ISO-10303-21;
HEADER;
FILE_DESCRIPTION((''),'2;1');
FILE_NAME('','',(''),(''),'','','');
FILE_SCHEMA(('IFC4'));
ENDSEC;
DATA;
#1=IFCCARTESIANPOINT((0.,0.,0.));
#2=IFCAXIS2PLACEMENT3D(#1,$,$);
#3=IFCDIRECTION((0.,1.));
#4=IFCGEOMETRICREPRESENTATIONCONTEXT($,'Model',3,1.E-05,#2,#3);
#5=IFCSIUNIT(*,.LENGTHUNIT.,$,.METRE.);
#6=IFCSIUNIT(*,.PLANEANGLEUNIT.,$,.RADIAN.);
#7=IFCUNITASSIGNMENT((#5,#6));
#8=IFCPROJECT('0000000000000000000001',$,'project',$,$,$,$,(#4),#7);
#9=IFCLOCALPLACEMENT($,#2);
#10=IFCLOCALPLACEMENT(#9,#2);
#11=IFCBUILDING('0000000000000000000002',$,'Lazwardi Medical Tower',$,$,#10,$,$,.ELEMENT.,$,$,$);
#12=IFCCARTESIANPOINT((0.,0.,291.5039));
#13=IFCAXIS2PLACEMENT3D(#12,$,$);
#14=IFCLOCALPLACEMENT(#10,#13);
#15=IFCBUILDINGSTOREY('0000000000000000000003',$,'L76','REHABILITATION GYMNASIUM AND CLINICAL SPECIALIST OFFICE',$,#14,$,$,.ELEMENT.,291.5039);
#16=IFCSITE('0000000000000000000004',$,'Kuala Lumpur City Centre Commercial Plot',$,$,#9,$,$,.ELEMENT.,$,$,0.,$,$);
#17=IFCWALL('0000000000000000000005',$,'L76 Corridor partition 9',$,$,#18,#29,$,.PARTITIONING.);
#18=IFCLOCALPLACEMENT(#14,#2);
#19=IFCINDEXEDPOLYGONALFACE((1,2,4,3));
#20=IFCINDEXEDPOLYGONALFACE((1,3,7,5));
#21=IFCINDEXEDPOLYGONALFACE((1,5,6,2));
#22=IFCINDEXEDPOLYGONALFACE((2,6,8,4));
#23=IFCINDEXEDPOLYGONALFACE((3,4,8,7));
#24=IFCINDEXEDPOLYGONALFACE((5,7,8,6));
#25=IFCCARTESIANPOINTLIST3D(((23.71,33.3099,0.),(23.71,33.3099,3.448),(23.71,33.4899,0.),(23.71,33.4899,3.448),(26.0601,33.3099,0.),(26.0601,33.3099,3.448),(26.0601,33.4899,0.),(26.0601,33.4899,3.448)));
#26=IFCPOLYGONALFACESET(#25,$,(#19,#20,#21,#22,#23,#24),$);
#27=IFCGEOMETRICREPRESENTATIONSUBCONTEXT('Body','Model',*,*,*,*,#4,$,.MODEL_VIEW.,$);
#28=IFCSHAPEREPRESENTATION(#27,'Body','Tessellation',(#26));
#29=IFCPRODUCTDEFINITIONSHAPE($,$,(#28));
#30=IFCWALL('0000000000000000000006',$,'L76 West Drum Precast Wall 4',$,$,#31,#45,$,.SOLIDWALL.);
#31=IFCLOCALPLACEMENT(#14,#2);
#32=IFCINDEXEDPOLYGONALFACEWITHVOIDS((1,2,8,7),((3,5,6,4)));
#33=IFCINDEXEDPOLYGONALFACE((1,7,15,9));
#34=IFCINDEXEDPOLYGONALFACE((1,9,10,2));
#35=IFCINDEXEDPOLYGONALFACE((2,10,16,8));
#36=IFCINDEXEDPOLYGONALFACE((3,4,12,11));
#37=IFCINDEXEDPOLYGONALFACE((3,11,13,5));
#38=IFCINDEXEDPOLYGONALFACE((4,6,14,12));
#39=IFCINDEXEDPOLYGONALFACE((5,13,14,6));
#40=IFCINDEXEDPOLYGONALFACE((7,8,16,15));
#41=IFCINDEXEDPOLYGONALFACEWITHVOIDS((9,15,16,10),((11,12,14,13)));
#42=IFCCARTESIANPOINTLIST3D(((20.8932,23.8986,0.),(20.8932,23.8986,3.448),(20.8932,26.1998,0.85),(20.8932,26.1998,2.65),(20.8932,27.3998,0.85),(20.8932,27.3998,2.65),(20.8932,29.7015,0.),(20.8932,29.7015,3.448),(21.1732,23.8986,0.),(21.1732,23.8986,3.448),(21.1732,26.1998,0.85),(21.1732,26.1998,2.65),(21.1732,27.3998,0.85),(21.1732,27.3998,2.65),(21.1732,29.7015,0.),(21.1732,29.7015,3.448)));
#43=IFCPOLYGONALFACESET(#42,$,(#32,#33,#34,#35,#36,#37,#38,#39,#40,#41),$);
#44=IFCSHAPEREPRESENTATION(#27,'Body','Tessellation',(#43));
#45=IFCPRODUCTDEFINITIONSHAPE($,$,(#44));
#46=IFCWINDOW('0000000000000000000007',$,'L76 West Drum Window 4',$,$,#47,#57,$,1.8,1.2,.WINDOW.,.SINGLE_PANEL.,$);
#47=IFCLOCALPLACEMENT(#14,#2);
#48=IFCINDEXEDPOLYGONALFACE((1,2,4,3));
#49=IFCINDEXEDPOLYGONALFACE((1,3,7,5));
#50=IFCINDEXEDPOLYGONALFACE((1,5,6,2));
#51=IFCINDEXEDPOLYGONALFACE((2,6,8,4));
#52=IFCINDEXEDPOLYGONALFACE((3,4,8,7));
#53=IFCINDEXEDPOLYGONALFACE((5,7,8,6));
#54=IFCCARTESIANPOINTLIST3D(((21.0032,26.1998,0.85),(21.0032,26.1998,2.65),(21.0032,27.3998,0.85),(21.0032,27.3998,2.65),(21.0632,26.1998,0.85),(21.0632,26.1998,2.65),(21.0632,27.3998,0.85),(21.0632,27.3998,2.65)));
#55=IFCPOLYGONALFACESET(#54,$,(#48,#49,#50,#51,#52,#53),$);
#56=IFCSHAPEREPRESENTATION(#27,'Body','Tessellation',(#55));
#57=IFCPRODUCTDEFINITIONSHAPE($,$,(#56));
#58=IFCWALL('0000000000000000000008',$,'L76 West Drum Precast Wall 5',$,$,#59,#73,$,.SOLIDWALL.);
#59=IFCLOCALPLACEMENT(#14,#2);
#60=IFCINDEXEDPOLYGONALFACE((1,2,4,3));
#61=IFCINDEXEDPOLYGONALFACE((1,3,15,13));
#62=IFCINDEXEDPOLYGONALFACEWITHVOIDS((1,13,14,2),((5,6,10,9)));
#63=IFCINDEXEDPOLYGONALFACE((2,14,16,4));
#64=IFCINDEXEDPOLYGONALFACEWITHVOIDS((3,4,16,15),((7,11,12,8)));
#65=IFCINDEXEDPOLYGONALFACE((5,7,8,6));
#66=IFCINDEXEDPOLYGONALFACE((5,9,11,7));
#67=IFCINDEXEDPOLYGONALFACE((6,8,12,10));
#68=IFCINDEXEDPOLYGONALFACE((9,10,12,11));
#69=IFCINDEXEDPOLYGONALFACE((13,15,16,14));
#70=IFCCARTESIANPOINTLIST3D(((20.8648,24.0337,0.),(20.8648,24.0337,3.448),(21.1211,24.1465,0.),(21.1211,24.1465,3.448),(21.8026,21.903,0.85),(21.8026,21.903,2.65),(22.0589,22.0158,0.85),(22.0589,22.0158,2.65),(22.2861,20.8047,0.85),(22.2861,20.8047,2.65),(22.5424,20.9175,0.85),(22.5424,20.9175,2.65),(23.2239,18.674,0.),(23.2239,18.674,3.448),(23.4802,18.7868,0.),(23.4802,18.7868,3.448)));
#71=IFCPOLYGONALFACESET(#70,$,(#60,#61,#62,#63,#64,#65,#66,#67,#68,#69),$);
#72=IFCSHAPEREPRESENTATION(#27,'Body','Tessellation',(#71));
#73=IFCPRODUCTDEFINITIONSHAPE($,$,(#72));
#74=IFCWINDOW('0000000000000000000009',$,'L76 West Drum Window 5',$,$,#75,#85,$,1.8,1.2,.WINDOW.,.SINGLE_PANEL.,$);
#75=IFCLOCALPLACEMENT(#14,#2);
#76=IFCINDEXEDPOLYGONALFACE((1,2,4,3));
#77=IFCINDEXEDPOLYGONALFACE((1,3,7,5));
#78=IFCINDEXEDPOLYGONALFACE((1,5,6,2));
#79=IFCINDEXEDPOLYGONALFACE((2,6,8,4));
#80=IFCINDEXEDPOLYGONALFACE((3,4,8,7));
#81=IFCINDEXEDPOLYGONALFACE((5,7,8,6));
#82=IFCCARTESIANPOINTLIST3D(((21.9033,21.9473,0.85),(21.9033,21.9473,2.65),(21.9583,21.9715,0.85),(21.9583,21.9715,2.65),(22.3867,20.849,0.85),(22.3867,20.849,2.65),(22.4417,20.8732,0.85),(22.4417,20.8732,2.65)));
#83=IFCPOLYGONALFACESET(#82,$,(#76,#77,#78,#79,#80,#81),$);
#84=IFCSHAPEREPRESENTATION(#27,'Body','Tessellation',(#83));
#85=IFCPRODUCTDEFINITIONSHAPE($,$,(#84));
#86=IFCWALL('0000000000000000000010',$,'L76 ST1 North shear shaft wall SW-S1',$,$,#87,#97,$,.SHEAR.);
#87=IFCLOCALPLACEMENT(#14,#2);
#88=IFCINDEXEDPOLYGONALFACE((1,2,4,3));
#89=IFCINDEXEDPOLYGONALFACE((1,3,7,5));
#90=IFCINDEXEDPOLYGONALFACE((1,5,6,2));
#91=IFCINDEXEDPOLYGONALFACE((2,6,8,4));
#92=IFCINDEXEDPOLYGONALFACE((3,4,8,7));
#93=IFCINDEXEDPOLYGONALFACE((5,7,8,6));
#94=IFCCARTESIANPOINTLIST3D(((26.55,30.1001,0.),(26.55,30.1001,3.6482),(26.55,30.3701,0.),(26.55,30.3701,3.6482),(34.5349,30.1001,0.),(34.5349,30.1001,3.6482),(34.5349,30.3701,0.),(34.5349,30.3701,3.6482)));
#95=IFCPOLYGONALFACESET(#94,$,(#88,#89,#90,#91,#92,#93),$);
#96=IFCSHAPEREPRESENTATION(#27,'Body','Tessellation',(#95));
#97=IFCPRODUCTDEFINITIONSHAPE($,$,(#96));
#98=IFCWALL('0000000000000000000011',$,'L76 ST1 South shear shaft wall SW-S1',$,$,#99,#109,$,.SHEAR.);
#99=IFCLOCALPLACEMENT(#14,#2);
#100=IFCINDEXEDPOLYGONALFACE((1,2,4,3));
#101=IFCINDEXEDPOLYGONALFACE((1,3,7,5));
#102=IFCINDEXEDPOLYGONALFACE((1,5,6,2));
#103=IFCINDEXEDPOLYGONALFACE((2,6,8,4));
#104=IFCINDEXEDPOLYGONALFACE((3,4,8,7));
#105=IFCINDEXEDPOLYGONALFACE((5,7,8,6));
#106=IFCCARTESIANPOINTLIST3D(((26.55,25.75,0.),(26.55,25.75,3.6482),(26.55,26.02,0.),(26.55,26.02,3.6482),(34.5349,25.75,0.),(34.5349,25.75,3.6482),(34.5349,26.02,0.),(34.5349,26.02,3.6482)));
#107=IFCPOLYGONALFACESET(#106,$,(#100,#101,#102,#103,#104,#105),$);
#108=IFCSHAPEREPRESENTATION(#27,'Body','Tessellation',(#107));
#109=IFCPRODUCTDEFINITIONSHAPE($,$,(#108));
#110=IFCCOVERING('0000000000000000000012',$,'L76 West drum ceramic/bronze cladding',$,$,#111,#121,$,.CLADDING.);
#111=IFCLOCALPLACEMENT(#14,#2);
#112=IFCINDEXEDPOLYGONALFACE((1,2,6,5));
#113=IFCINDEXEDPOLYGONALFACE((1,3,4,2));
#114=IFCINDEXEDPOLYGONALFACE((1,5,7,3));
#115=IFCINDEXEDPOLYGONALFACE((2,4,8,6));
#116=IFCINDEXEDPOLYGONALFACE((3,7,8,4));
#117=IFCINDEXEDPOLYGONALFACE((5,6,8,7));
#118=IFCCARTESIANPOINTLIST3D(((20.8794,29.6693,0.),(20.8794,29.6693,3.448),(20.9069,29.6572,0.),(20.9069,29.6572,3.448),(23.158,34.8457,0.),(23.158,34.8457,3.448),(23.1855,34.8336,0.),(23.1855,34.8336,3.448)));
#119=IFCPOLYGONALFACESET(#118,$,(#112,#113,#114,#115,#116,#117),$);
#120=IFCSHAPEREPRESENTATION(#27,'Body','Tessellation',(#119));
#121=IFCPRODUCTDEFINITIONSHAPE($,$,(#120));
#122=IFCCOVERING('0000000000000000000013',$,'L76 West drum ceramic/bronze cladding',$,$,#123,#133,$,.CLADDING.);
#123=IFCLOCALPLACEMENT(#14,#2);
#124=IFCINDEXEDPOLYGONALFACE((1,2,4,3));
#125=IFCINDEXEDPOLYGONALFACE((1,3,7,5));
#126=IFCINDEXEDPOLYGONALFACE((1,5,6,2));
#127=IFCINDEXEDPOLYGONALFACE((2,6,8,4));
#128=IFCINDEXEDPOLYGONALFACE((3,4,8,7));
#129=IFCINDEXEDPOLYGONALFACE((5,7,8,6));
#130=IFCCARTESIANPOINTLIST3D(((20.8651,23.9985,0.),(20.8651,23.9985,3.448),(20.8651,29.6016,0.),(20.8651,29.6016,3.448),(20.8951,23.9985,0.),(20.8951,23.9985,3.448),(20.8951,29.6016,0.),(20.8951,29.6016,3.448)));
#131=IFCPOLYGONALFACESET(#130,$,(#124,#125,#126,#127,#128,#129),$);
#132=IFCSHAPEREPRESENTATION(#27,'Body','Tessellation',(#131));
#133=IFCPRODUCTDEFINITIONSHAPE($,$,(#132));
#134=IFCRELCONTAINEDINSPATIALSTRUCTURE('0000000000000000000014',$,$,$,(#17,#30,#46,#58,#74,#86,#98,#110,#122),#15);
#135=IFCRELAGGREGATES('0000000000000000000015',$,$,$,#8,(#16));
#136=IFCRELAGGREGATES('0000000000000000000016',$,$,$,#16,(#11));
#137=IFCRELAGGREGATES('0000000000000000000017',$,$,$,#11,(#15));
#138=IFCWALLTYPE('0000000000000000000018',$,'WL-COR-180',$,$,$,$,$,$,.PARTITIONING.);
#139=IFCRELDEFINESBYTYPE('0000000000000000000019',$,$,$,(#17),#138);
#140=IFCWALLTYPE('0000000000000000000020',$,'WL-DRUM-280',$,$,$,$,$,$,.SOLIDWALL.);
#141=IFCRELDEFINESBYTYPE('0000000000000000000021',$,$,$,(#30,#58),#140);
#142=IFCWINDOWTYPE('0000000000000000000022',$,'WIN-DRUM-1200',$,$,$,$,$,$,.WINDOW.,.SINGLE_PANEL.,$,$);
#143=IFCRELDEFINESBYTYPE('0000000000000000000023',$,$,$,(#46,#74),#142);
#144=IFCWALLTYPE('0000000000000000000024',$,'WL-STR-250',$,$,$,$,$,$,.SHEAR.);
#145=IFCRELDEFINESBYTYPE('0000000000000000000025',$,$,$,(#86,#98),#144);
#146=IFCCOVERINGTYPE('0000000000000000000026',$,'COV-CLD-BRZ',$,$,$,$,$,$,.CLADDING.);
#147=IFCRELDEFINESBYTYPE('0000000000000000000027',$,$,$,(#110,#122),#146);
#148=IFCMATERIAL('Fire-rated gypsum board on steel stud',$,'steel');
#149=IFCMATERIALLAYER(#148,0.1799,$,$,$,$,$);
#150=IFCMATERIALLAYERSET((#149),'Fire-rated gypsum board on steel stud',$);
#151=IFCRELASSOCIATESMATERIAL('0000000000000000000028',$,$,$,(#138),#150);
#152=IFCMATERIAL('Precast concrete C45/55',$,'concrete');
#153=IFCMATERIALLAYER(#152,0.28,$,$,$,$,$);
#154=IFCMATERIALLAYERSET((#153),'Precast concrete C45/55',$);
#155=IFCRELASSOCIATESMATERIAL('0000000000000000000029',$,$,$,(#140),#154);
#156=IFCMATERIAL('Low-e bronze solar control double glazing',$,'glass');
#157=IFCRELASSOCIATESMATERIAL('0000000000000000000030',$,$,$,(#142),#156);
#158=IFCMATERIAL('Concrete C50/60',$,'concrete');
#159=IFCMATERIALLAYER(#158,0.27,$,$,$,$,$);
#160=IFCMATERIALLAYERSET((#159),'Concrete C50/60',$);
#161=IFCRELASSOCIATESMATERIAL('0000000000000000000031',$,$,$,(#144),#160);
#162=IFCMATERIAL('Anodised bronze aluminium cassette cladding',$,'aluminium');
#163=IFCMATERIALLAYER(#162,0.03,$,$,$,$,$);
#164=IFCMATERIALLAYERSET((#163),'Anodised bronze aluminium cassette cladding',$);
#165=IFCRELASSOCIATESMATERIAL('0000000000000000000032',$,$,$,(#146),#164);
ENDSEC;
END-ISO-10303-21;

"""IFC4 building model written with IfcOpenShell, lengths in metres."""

from ifc_helpers import new_model, si_unit, direction, frame, frame_2d, origin, origin_2d, place, context, subcontext, project, spatial, rectangle, extrude, material, layer, layer_set, type_object, element, fill, save


model = new_model("IFC4")

# Units and contexts
model_context = context("Model", 3, precision=1e-05, world=origin(), true_north=direction((0.0, 1.0)))
body_context = subcontext(model_context, "Body", "Model", "MODEL_VIEW")
ifc_project = project(units=[si_unit("LENGTHUNIT", "METRE"), si_unit("PLANEANGLEUNIT", "RADIAN")], contexts=[model_context])

# Site, building, storey
site_placement = place(None, origin())
site = spatial("IfcSite", under=ifc_project, at=site_placement, Name="Kuala Lumpur City Centre Commercial Plot", CompositionType="ELEMENT", RefElevation=0.0)
building_placement = place(site_placement, origin())
building = spatial("IfcBuilding", under=site, at=building_placement, Name="Lazwardi Medical Tower", CompositionType="ELEMENT")
storey_placement = place(building_placement, frame((0.0, 0.0, 291.5039)))
storey = spatial("IfcBuildingStorey", under=building, at=storey_placement, Name="L76", Description="REHABILITATION GYMNASIUM AND CLINICAL SPECIALIST OFFICE", CompositionType="ELEMENT", Elevation=291.5039)

# Wall
ifc_material_1 = material(Name="Fire-rated gypsum board on steel stud", Category="steel")
ifc_layer_1 = layer(ifc_material_1, 0.1799)
ifc_layer_set_1 = layer_set([ifc_layer_1], Name="Fire-rated gypsum board on steel stud")
wall_type_1 = type_object("IfcWallType", Name="WL-COR-180", PredefinedType="PARTITIONING", material=ifc_layer_set_1)
wall_1_placement = place(storey_placement, frame((23.71, 33.3999, 0.0), z_axis=(0.0, 0.0, 1.0), x_axis=(1.0, 0.0, 0.0)))
element("IfcWall", 1, at=wall_1_placement, inside=storey, type_object=wall_type_1, Name="L76 Corridor partition 9", PredefinedType="PARTITIONING", context=body_context, shape_type="SweptSolid", body=[
    extrude(rectangle(XDim=2.3501, YDim=0.1799, at=frame_2d((1.175, 0.0))), origin(), (0.0, 0.0, 1.0), 3.448),
])

# Walls, openings, windows
ifc_material_2 = material(Name="Precast concrete C45/55", Category="concrete")
ifc_layer_2 = layer(ifc_material_2, 0.28)
ifc_layer_set_2 = layer_set([ifc_layer_2], Name="Precast concrete C45/55")
wall_type_2 = type_object("IfcWallType", Name="WL-DRUM-280", PredefinedType="SOLIDWALL", material=ifc_layer_set_2)
wall_2_placement = place(storey_placement, frame((21.0332, 29.7014, 0.0), z_axis=(0.0, 0.0, 1.0), x_axis=(0.0, -1.0, 0.0)))
wall_2 = element("IfcWall", 2, at=wall_2_placement, inside=storey, type_object=wall_type_2, Name="L76 West Drum Precast Wall 4", PredefinedType="SOLIDWALL", context=body_context, shape_type="SweptSolid", body=[
    extrude(rectangle(XDim=5.803, YDim=0.28, at=frame_2d((2.9014, 0.0))), origin(), (0.0, 0.0, 1.0), 3.448),
])
opening_1_placement = place(wall_2_placement, frame((2.3015, 0.0, 0.8501)))
opening_1 = element("IfcOpeningElement", 3, at=opening_1_placement, cuts=wall_2, PredefinedType="OPENING", context=body_context, shape_type="SweptSolid", body=[
    extrude(rectangle(XDim=1.2, YDim=1.8, at=frame_2d((0.6001, 0.8999))), frame((0.0, 0.1499, 0.0), z_axis=(0.0, -1.0, 0.0), x_axis=(1.0, 0.0, 0.0)), (0.0, 0.0, 1.0), 0.3),
])
ifc_material_3 = material(Name="Low-e bronze solar control double glazing", Category="glass")
window_type = type_object("IfcWindowType", Name="WIN-DRUM-1200", PartitioningType="SINGLE_PANEL", PredefinedType="WINDOW", material=ifc_material_3)
window_1_placement = place(opening_1_placement, origin())
window_1 = element("IfcWindow", 4, at=window_1_placement, inside=storey, type_object=window_type, Name="L76 West Drum Window 4", OverallHeight=1.8, OverallWidth=1.2, PartitioningType="SINGLE_PANEL", PredefinedType="WINDOW", context=body_context, shape_type="SweptSolid", body=[
    extrude(rectangle(XDim=1.2, YDim=1.8, at=frame_2d((0.6001, 0.8999))), frame((0.0, 0.03, 0.0), z_axis=(0.0, -1.0, 0.0), x_axis=(1.0, 0.0, 0.0)), (0.0, 0.0, 1.0), 0.0601),
])
fill(opening_1, window_1)
wall_3_placement = place(storey_placement, frame((20.9929, 24.0901, 0.0), z_axis=(0.0, 0.0, 1.0), x_axis=(0.402867, -0.915258, 0.0)))
wall_3 = element("IfcWall", 5, at=wall_3_placement, inside=storey, type_object=wall_type_2, Name="L76 West Drum Precast Wall 5", PredefinedType="SOLIDWALL", context=body_context, shape_type="SweptSolid", body=[
    extrude(rectangle(XDim=5.856, YDim=0.28, at=frame_2d((2.928, 0.0))), origin(), (0.0, 0.0, 1.0), 3.448),
])
opening_2_placement = place(wall_3_placement, frame((2.3279, 0.0, 0.8501)))
opening_2 = element("IfcOpeningElement", 6, at=opening_2_placement, cuts=wall_3, PredefinedType="OPENING", context=body_context, shape_type="SweptSolid", body=[
    extrude(rectangle(XDim=1.2, YDim=1.8, at=frame_2d((0.6001, 0.8999))), frame((0.0, 0.1499, 0.0), z_axis=(0.0, -1.0, 0.0), x_axis=(1.0, 0.0, 0.0)), (0.0, 0.0, 1.0), 0.3),
])
window_2_placement = place(opening_2_placement, origin())
window_2 = element("IfcWindow", 7, at=window_2_placement, inside=storey, type_object=window_type, Name="L76 West Drum Window 5", OverallHeight=1.8, OverallWidth=1.2, PartitioningType="SINGLE_PANEL", PredefinedType="WINDOW", context=body_context, shape_type="SweptSolid", body=[
    extrude(rectangle(XDim=1.2, YDim=1.8, at=frame_2d((0.6001, 0.8999))), frame((0.0, 0.03, 0.0), z_axis=(0.0, -1.0, 0.0), x_axis=(1.0, 0.0, 0.0)), (0.0, 0.0, 1.0), 0.0601),
])
fill(opening_2, window_2)

# Walls
ifc_material_4 = material(Name="Concrete C50/60", Category="concrete")
ifc_layer_3 = layer(ifc_material_4, 0.27)
ifc_layer_set_3 = layer_set([ifc_layer_3], Name="Concrete C50/60")
wall_type_3 = type_object("IfcWallType", Name="WL-STR-250", PredefinedType="SHEAR", material=ifc_layer_set_3)
for number, where, z_axis, x_axis, name in (
    (8, (26.55, 30.2351, 0.0), (0.0, 0.0, 1.0), (1.0, 0.0, 0.0), "L76 ST1 North shear shaft wall SW-S1"),
    (9, (26.55, 25.885, 0.0), (0.0, 0.0, 1.0), (1.0, 0.0, 0.0), "L76 ST1 South shear shaft wall SW-S1"),
):
    element("IfcWall", number, at=place(storey_placement, frame(where, z_axis=z_axis, x_axis=x_axis)), inside=storey, type_object=wall_type_3, Name=name, PredefinedType="SHEAR", context=body_context, shape_type="SweptSolid", body=[
        extrude(rectangle(XDim=7.9849, YDim=0.27, at=frame_2d((3.9924, 0.0))), origin(), (0.0, 0.0, 1.0), 3.6482),
    ])

# Coverings
ifc_material_5 = material(Name="Anodised bronze aluminium cassette cladding", Category="aluminium")
ifc_layer_4 = layer(ifc_material_5, 0.03)
ifc_layer_set_4 = layer_set([ifc_layer_4], Name="Anodised bronze aluminium cassette cladding")
covering_type = type_object("IfcCoveringType", Name="COV-CLD-BRZ", PredefinedType="CLADDING", material=ifc_layer_set_4)
covering_1_placement = place(storey_placement, frame((22.0325, 32.2515, 0.0), z_axis=(0.0, 0.0, 1.0), x_axis=(-0.402878, -0.915254, 0.0)))
element("IfcCovering", 10, at=covering_1_placement, inside=storey, type_object=covering_type, Name="L76 West drum ceramic/bronze cladding", PredefinedType="CLADDING", context=body_context, shape_type="SweptSolid", body=[
    extrude(rectangle(XDim=5.6558, YDim=0.03, at=origin_2d()), origin(), (0.0, 0.0, 1.0), 3.448),
])
covering_2_placement = place(storey_placement, frame((20.8801, 26.8, 0.0), z_axis=(0.0, 0.0, 1.0), x_axis=(0.0, -1.0, 0.0)))
element("IfcCovering", 11, at=covering_2_placement, inside=storey, type_object=covering_type, Name="L76 West drum ceramic/bronze cladding", PredefinedType="CLADDING", context=body_context, shape_type="SweptSolid", body=[
    extrude(rectangle(XDim=5.603, YDim=0.03, at=origin_2d()), origin(), (0.0, 0.0, 1.0), 3.448),
])

save(model, "model.ifc")
